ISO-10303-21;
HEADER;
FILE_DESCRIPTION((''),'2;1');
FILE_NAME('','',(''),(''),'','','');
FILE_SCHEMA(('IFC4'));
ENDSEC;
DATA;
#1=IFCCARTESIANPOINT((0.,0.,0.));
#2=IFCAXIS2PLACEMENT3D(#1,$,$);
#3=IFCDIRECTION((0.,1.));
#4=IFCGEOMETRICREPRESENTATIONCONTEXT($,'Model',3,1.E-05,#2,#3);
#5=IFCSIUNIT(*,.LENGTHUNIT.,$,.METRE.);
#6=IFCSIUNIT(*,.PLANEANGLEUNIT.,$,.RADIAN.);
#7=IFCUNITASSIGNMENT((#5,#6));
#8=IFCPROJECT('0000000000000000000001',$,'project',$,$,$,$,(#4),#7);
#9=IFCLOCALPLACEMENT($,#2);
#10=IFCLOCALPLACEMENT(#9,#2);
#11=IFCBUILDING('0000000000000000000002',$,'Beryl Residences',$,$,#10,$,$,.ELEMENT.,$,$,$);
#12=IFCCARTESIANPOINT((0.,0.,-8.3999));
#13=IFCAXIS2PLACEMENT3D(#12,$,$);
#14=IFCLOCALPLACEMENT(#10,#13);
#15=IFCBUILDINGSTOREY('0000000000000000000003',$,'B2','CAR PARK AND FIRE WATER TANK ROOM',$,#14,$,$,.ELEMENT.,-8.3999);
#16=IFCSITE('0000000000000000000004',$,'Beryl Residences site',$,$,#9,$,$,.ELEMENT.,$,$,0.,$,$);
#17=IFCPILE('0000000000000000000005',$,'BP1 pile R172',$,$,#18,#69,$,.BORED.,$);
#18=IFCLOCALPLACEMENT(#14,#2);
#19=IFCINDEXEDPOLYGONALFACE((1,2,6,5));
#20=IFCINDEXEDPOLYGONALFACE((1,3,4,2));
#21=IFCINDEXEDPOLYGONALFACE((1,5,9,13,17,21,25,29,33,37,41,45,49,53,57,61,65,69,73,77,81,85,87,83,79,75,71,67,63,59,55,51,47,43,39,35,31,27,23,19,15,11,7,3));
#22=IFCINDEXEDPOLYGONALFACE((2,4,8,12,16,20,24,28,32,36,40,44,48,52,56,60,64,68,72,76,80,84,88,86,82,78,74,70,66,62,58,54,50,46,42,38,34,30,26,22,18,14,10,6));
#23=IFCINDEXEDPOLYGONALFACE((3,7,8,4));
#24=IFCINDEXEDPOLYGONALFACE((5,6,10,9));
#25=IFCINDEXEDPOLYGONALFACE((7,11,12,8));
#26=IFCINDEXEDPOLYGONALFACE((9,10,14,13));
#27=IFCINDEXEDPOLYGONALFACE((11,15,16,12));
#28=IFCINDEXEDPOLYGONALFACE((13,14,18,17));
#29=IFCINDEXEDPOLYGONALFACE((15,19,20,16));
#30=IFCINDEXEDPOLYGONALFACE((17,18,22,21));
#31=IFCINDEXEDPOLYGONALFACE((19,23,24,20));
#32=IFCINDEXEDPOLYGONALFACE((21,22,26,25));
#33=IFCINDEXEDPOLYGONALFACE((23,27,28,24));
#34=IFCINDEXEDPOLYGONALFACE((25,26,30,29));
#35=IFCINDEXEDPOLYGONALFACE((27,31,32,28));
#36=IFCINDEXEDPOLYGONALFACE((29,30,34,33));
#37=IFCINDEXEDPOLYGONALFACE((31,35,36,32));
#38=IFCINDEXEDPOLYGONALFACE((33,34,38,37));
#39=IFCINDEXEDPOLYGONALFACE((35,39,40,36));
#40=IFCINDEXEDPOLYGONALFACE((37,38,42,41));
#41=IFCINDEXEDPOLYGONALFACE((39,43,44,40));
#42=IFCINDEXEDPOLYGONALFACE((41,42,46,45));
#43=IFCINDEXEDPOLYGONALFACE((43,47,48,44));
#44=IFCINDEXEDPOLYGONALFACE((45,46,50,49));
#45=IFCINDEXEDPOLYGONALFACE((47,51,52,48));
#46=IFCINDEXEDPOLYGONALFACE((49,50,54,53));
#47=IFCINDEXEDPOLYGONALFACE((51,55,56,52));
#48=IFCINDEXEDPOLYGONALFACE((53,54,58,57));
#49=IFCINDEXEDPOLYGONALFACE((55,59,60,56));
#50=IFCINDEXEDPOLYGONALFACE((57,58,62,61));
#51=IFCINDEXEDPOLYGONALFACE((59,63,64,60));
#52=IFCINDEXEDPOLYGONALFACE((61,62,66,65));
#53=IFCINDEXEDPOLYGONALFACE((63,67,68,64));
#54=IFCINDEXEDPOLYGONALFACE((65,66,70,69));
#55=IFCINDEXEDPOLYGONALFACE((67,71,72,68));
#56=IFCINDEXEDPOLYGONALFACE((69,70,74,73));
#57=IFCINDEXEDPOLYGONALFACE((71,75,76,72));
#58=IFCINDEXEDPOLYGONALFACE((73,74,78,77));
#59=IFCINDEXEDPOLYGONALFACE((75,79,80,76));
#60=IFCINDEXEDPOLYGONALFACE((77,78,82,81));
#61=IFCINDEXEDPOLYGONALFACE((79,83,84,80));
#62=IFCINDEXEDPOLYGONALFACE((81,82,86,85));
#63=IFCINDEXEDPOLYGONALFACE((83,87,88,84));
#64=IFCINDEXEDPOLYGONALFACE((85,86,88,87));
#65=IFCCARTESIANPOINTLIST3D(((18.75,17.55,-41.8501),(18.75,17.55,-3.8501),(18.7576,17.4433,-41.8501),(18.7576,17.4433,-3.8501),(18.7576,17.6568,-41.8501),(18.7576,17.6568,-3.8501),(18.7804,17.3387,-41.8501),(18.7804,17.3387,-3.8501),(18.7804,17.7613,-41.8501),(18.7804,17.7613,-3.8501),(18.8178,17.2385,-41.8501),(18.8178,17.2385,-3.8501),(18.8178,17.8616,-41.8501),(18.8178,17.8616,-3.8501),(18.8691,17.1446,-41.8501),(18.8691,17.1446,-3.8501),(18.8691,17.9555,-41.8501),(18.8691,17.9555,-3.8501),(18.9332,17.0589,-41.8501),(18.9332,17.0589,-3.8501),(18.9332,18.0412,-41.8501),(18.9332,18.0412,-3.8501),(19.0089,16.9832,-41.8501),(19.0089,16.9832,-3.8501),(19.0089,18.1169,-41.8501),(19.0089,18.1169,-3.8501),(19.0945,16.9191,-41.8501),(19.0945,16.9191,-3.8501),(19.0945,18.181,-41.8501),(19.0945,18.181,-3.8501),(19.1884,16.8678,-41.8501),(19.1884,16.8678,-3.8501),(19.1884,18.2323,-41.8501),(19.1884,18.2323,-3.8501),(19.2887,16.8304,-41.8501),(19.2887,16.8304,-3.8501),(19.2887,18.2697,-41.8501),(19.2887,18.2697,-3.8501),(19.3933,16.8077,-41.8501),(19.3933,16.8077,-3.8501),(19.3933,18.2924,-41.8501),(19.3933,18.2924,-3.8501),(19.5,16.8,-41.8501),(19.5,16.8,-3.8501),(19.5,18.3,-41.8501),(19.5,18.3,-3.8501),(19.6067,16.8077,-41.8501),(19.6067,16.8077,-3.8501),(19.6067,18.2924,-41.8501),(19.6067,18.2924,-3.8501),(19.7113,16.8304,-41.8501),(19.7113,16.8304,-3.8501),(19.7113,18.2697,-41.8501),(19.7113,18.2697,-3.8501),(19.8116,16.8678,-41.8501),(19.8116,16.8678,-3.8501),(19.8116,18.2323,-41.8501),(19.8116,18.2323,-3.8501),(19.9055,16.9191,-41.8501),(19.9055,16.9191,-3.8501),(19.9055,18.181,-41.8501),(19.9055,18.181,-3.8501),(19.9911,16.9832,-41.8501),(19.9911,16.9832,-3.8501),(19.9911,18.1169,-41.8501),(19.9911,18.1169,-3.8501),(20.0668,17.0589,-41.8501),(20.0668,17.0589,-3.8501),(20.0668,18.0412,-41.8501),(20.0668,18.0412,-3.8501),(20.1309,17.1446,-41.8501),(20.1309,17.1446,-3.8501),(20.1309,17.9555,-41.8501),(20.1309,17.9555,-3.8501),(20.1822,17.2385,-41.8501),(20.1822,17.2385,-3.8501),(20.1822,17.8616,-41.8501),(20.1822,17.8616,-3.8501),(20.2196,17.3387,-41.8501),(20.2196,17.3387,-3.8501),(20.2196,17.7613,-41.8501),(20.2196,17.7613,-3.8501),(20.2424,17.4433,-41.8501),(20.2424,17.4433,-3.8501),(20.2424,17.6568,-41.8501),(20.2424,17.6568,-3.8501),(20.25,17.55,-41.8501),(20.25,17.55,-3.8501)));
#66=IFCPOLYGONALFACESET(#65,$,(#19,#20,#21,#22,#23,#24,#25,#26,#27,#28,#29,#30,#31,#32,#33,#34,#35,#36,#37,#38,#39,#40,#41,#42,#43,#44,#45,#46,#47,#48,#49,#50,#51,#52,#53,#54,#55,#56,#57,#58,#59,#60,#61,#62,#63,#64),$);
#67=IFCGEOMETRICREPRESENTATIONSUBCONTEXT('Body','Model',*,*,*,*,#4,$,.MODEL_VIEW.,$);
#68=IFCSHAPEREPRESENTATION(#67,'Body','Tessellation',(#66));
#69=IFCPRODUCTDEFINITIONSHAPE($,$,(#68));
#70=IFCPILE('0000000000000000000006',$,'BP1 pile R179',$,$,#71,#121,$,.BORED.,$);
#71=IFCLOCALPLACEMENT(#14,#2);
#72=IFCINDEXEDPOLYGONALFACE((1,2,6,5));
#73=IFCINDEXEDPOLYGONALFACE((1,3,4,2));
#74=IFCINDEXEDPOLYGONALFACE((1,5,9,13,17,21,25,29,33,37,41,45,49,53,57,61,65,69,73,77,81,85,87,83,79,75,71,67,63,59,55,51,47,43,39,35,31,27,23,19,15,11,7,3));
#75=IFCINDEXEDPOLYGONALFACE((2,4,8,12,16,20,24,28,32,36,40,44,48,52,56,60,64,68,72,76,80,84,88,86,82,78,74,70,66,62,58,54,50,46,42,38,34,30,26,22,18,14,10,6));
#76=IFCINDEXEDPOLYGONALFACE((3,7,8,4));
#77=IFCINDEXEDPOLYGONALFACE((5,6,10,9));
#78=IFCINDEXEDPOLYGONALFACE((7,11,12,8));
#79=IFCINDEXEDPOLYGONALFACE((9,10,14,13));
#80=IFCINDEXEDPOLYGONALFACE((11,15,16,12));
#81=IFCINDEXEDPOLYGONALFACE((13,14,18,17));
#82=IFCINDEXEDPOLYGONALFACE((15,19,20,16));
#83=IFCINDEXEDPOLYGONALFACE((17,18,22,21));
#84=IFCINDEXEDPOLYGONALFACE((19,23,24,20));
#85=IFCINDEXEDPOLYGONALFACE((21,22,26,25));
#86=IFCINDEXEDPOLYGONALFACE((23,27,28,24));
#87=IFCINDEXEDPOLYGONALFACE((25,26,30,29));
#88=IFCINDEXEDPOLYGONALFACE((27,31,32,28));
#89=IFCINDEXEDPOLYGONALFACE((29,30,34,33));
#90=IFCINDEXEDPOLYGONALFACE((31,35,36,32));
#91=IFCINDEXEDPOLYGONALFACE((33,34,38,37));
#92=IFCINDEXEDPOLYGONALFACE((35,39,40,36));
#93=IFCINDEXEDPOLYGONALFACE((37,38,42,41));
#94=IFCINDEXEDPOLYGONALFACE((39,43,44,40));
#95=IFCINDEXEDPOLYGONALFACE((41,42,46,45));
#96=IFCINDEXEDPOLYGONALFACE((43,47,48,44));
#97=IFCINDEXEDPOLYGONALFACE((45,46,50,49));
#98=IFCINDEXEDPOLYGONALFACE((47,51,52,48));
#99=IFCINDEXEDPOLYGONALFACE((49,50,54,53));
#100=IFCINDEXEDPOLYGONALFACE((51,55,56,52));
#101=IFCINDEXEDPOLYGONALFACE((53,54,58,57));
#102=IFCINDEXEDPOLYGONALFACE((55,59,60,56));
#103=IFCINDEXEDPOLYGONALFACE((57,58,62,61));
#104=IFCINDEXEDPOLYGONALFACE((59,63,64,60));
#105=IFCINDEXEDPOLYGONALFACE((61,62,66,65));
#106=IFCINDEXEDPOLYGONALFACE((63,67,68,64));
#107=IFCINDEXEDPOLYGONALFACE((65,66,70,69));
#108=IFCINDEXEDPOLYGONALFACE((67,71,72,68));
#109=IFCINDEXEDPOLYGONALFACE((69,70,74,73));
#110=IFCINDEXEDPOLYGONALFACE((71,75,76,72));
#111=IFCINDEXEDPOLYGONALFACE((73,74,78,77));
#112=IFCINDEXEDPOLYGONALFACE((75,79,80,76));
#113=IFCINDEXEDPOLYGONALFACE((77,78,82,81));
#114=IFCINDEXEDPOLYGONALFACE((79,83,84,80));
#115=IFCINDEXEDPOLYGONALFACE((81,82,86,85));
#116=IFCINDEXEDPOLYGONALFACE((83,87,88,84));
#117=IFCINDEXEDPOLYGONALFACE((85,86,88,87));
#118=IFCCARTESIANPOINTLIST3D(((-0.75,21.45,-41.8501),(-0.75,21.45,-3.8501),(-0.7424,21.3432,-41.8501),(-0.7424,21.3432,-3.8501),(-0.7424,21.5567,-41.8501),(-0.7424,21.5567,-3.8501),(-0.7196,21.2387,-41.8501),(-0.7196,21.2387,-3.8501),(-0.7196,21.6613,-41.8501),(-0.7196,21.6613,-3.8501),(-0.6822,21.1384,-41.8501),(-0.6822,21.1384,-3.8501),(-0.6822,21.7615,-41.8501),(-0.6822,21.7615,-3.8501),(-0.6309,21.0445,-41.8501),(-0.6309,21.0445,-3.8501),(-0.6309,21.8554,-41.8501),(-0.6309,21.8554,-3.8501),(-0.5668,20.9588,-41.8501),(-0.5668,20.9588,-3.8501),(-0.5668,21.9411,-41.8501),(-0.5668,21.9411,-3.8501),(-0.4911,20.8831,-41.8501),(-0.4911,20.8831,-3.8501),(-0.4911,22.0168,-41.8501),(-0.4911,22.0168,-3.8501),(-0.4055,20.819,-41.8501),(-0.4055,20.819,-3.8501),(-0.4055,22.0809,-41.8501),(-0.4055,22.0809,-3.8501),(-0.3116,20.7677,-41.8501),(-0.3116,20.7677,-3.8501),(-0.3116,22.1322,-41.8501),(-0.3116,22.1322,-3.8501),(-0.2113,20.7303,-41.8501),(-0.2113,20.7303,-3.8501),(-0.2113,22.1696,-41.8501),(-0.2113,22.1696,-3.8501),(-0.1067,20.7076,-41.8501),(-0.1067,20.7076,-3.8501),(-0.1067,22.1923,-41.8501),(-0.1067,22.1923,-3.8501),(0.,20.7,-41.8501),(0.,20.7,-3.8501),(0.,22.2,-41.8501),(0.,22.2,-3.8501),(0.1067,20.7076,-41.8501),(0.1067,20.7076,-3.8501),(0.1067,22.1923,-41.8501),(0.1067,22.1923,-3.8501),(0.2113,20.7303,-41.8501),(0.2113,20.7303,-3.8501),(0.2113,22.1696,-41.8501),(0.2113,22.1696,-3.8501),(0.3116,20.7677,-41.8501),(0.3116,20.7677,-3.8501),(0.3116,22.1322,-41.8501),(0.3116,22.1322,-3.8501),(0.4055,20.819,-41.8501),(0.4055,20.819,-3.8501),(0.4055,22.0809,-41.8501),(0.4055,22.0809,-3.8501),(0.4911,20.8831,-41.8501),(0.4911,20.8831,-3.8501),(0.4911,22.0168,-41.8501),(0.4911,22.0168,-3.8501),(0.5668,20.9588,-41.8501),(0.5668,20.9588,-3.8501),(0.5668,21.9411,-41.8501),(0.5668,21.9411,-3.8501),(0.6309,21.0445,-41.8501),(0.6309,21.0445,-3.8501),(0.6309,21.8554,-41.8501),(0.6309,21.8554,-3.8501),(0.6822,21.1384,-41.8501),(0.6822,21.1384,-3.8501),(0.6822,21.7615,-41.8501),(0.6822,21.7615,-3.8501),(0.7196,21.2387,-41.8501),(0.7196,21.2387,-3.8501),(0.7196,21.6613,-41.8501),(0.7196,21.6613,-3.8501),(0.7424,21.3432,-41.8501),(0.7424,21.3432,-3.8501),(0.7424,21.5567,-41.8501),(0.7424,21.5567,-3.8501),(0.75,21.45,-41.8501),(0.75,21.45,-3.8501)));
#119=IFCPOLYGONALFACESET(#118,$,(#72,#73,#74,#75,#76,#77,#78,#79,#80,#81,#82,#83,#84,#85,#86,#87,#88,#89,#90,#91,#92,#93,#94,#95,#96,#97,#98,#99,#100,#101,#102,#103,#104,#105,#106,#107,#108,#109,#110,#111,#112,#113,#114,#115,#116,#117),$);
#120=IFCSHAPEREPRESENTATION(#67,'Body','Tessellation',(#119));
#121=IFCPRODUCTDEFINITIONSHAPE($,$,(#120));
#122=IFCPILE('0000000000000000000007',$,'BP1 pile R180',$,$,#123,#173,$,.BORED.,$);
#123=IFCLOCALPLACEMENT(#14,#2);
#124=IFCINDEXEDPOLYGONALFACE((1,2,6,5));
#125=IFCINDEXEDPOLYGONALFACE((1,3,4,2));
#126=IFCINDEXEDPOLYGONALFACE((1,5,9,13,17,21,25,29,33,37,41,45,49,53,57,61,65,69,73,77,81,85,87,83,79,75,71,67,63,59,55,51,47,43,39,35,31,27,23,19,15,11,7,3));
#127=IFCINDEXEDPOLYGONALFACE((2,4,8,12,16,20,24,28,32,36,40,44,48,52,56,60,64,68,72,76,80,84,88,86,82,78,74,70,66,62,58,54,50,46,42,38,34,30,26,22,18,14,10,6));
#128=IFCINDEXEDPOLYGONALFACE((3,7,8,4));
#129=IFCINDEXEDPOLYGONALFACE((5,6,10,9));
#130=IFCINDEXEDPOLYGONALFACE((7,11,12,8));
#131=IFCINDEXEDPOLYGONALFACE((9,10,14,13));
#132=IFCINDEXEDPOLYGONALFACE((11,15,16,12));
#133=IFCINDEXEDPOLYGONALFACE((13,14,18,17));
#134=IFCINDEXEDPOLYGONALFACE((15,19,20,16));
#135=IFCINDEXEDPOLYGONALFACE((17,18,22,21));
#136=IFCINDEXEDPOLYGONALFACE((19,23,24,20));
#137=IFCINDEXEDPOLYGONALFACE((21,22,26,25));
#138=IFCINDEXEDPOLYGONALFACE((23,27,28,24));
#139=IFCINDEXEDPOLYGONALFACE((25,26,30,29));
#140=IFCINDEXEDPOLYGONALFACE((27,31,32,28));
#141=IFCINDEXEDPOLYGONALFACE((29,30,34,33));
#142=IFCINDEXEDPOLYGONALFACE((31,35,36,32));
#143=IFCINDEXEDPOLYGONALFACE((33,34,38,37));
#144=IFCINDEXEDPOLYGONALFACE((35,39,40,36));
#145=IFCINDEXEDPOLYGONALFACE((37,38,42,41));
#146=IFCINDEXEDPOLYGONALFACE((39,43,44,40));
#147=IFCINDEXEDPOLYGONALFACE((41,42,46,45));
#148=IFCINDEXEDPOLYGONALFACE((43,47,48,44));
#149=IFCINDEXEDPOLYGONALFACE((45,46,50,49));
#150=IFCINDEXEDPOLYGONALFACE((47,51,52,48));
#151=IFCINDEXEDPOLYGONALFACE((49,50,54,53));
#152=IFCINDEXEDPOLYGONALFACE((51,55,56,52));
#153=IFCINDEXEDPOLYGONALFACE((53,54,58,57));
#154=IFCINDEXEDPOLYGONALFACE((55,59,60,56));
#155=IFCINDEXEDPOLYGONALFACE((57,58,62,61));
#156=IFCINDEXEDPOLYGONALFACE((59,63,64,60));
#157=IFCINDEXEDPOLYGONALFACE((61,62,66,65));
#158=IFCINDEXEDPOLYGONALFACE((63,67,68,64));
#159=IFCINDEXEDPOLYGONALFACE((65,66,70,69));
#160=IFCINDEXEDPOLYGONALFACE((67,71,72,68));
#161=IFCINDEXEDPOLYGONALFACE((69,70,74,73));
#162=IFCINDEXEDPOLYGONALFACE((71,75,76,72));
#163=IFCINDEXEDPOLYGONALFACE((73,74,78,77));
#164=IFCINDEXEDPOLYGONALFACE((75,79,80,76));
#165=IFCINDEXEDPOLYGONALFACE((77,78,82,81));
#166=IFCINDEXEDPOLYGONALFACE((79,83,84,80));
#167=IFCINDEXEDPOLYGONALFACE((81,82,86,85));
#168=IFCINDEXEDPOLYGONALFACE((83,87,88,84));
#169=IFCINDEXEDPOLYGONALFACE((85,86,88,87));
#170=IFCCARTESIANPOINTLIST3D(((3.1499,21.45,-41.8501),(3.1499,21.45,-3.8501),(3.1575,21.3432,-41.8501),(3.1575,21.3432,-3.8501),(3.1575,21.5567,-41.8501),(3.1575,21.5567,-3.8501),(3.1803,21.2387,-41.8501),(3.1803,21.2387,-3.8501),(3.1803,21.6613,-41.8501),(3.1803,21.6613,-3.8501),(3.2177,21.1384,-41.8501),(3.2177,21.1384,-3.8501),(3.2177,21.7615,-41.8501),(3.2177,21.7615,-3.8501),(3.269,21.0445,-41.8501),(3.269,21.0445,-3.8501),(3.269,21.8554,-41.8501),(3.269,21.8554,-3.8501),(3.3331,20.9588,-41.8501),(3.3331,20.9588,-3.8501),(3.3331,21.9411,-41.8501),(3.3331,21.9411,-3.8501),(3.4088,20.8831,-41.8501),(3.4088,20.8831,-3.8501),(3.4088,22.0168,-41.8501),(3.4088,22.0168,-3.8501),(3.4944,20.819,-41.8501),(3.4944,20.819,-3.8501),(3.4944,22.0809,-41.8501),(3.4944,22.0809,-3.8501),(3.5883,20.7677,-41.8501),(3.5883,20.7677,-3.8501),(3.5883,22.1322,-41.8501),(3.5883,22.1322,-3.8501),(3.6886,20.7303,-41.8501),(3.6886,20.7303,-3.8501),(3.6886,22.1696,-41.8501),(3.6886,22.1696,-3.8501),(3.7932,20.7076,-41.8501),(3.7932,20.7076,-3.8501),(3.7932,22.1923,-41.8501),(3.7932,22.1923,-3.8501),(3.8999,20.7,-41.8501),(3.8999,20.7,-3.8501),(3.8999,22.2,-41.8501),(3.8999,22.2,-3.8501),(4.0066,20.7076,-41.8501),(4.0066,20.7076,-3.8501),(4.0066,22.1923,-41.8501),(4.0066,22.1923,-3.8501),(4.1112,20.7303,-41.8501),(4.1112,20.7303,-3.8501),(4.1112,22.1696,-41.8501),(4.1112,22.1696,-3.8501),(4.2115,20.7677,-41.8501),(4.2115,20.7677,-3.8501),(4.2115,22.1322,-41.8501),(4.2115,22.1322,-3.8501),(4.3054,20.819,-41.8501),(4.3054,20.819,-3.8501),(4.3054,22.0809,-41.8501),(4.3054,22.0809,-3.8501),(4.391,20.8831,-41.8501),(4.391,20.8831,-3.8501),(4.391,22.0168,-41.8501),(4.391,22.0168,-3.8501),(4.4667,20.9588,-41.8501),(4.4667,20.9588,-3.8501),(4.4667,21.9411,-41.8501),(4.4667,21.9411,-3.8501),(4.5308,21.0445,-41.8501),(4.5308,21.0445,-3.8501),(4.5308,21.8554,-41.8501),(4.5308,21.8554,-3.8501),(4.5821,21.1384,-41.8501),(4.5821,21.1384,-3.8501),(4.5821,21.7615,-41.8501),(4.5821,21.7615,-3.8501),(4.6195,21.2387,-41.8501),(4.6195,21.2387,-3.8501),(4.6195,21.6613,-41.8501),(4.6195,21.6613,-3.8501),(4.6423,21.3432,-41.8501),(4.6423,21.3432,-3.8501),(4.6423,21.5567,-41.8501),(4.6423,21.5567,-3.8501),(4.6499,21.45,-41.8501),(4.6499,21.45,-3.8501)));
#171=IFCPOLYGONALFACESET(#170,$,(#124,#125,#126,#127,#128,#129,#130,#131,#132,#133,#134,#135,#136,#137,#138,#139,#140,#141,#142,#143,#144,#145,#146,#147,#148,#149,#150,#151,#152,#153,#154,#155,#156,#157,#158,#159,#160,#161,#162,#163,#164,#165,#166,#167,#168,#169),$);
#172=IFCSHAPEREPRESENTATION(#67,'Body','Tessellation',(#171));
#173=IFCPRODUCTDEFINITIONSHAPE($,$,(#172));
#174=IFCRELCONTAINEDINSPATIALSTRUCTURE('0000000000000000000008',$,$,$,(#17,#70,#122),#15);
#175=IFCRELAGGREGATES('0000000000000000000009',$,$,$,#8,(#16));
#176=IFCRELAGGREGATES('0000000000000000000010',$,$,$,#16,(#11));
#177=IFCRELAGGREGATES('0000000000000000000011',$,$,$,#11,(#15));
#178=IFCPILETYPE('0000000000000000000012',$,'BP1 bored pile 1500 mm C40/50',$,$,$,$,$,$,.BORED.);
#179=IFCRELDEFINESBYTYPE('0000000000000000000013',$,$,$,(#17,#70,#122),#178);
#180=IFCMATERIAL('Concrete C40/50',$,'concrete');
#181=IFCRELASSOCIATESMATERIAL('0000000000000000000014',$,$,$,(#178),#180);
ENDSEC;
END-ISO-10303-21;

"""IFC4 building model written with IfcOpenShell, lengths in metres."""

from ifc_helpers import new_model, si_unit, direction, frame, origin, origin_2d, place, context, subcontext, project, spatial, circle, extrude, material, material_profile, profile_set, type_object, element, save


model = new_model("IFC4")

# Units and contexts
model_context = context("Model", 3, precision=1e-05, world=origin(), true_north=direction((0.0, 1.0)))
body_context = subcontext(model_context, "Body", "Model", "MODEL_VIEW")
ifc_project = project(units=[si_unit("LENGTHUNIT", "METRE"), si_unit("PLANEANGLEUNIT", "RADIAN")], contexts=[model_context])

# Site, building, storey
site_placement = place(None, origin())
site = spatial("IfcSite", under=ifc_project, at=site_placement, Name="Beryl Residences site", CompositionType="ELEMENT", RefElevation=0.0)
building_placement = place(site_placement, origin())
building = spatial("IfcBuilding", under=site, at=building_placement, Name="Beryl Residences", CompositionType="ELEMENT")
storey_placement = place(building_placement, frame((0.0, 0.0, -8.3999)))
storey = spatial("IfcBuildingStorey", under=building, at=storey_placement, Name="B2", Description="CAR PARK AND FIRE WATER TANK ROOM", CompositionType="ELEMENT", Elevation=-8.3999)

# Piles
ifc_material_1 = material(Name="Concrete C40/50", Category="concrete")
ifc_material_profile_1 = material_profile(ifc_material_1, circle(Radius=0.75, at=origin_2d()))
ifc_profile_set_1 = profile_set([ifc_material_profile_1], Name="Concrete C40/50")
pile_type_1 = type_object("IfcPileType", Name="BP1 bored pile 1500 mm C40/50", PredefinedType="BORED", material=ifc_profile_set_1)
for number, where, z_axis, x_axis, name in (
    (1, (19.5, 17.55, -3.8501), (0.0, 0.0, -1.0), (1.0, 0.0, 0.0), "BP1 pile R172"),
    (2, (0.0, 21.45, -3.8501), (0.0, 0.0, -1.0), (1.0, 0.0, 0.0), "BP1 pile R179"),
    (3, (3.8999, 21.45, -3.8501), (0.0, 0.0, -1.0), (1.0, 0.0, 0.0), "BP1 pile R180"),
):
    element("IfcPile", number, at=place(storey_placement, frame(where, z_axis=z_axis, x_axis=x_axis)), inside=storey, type_object=pile_type_1, Name=name, PredefinedType="BORED", context=body_context, shape_type="SweptSolid", body=[
        extrude(circle(Radius=0.75, at=origin_2d()), origin(), (0.0, 0.0, 1.0), 38.0),
    ])

save(model, "model.ifc")
